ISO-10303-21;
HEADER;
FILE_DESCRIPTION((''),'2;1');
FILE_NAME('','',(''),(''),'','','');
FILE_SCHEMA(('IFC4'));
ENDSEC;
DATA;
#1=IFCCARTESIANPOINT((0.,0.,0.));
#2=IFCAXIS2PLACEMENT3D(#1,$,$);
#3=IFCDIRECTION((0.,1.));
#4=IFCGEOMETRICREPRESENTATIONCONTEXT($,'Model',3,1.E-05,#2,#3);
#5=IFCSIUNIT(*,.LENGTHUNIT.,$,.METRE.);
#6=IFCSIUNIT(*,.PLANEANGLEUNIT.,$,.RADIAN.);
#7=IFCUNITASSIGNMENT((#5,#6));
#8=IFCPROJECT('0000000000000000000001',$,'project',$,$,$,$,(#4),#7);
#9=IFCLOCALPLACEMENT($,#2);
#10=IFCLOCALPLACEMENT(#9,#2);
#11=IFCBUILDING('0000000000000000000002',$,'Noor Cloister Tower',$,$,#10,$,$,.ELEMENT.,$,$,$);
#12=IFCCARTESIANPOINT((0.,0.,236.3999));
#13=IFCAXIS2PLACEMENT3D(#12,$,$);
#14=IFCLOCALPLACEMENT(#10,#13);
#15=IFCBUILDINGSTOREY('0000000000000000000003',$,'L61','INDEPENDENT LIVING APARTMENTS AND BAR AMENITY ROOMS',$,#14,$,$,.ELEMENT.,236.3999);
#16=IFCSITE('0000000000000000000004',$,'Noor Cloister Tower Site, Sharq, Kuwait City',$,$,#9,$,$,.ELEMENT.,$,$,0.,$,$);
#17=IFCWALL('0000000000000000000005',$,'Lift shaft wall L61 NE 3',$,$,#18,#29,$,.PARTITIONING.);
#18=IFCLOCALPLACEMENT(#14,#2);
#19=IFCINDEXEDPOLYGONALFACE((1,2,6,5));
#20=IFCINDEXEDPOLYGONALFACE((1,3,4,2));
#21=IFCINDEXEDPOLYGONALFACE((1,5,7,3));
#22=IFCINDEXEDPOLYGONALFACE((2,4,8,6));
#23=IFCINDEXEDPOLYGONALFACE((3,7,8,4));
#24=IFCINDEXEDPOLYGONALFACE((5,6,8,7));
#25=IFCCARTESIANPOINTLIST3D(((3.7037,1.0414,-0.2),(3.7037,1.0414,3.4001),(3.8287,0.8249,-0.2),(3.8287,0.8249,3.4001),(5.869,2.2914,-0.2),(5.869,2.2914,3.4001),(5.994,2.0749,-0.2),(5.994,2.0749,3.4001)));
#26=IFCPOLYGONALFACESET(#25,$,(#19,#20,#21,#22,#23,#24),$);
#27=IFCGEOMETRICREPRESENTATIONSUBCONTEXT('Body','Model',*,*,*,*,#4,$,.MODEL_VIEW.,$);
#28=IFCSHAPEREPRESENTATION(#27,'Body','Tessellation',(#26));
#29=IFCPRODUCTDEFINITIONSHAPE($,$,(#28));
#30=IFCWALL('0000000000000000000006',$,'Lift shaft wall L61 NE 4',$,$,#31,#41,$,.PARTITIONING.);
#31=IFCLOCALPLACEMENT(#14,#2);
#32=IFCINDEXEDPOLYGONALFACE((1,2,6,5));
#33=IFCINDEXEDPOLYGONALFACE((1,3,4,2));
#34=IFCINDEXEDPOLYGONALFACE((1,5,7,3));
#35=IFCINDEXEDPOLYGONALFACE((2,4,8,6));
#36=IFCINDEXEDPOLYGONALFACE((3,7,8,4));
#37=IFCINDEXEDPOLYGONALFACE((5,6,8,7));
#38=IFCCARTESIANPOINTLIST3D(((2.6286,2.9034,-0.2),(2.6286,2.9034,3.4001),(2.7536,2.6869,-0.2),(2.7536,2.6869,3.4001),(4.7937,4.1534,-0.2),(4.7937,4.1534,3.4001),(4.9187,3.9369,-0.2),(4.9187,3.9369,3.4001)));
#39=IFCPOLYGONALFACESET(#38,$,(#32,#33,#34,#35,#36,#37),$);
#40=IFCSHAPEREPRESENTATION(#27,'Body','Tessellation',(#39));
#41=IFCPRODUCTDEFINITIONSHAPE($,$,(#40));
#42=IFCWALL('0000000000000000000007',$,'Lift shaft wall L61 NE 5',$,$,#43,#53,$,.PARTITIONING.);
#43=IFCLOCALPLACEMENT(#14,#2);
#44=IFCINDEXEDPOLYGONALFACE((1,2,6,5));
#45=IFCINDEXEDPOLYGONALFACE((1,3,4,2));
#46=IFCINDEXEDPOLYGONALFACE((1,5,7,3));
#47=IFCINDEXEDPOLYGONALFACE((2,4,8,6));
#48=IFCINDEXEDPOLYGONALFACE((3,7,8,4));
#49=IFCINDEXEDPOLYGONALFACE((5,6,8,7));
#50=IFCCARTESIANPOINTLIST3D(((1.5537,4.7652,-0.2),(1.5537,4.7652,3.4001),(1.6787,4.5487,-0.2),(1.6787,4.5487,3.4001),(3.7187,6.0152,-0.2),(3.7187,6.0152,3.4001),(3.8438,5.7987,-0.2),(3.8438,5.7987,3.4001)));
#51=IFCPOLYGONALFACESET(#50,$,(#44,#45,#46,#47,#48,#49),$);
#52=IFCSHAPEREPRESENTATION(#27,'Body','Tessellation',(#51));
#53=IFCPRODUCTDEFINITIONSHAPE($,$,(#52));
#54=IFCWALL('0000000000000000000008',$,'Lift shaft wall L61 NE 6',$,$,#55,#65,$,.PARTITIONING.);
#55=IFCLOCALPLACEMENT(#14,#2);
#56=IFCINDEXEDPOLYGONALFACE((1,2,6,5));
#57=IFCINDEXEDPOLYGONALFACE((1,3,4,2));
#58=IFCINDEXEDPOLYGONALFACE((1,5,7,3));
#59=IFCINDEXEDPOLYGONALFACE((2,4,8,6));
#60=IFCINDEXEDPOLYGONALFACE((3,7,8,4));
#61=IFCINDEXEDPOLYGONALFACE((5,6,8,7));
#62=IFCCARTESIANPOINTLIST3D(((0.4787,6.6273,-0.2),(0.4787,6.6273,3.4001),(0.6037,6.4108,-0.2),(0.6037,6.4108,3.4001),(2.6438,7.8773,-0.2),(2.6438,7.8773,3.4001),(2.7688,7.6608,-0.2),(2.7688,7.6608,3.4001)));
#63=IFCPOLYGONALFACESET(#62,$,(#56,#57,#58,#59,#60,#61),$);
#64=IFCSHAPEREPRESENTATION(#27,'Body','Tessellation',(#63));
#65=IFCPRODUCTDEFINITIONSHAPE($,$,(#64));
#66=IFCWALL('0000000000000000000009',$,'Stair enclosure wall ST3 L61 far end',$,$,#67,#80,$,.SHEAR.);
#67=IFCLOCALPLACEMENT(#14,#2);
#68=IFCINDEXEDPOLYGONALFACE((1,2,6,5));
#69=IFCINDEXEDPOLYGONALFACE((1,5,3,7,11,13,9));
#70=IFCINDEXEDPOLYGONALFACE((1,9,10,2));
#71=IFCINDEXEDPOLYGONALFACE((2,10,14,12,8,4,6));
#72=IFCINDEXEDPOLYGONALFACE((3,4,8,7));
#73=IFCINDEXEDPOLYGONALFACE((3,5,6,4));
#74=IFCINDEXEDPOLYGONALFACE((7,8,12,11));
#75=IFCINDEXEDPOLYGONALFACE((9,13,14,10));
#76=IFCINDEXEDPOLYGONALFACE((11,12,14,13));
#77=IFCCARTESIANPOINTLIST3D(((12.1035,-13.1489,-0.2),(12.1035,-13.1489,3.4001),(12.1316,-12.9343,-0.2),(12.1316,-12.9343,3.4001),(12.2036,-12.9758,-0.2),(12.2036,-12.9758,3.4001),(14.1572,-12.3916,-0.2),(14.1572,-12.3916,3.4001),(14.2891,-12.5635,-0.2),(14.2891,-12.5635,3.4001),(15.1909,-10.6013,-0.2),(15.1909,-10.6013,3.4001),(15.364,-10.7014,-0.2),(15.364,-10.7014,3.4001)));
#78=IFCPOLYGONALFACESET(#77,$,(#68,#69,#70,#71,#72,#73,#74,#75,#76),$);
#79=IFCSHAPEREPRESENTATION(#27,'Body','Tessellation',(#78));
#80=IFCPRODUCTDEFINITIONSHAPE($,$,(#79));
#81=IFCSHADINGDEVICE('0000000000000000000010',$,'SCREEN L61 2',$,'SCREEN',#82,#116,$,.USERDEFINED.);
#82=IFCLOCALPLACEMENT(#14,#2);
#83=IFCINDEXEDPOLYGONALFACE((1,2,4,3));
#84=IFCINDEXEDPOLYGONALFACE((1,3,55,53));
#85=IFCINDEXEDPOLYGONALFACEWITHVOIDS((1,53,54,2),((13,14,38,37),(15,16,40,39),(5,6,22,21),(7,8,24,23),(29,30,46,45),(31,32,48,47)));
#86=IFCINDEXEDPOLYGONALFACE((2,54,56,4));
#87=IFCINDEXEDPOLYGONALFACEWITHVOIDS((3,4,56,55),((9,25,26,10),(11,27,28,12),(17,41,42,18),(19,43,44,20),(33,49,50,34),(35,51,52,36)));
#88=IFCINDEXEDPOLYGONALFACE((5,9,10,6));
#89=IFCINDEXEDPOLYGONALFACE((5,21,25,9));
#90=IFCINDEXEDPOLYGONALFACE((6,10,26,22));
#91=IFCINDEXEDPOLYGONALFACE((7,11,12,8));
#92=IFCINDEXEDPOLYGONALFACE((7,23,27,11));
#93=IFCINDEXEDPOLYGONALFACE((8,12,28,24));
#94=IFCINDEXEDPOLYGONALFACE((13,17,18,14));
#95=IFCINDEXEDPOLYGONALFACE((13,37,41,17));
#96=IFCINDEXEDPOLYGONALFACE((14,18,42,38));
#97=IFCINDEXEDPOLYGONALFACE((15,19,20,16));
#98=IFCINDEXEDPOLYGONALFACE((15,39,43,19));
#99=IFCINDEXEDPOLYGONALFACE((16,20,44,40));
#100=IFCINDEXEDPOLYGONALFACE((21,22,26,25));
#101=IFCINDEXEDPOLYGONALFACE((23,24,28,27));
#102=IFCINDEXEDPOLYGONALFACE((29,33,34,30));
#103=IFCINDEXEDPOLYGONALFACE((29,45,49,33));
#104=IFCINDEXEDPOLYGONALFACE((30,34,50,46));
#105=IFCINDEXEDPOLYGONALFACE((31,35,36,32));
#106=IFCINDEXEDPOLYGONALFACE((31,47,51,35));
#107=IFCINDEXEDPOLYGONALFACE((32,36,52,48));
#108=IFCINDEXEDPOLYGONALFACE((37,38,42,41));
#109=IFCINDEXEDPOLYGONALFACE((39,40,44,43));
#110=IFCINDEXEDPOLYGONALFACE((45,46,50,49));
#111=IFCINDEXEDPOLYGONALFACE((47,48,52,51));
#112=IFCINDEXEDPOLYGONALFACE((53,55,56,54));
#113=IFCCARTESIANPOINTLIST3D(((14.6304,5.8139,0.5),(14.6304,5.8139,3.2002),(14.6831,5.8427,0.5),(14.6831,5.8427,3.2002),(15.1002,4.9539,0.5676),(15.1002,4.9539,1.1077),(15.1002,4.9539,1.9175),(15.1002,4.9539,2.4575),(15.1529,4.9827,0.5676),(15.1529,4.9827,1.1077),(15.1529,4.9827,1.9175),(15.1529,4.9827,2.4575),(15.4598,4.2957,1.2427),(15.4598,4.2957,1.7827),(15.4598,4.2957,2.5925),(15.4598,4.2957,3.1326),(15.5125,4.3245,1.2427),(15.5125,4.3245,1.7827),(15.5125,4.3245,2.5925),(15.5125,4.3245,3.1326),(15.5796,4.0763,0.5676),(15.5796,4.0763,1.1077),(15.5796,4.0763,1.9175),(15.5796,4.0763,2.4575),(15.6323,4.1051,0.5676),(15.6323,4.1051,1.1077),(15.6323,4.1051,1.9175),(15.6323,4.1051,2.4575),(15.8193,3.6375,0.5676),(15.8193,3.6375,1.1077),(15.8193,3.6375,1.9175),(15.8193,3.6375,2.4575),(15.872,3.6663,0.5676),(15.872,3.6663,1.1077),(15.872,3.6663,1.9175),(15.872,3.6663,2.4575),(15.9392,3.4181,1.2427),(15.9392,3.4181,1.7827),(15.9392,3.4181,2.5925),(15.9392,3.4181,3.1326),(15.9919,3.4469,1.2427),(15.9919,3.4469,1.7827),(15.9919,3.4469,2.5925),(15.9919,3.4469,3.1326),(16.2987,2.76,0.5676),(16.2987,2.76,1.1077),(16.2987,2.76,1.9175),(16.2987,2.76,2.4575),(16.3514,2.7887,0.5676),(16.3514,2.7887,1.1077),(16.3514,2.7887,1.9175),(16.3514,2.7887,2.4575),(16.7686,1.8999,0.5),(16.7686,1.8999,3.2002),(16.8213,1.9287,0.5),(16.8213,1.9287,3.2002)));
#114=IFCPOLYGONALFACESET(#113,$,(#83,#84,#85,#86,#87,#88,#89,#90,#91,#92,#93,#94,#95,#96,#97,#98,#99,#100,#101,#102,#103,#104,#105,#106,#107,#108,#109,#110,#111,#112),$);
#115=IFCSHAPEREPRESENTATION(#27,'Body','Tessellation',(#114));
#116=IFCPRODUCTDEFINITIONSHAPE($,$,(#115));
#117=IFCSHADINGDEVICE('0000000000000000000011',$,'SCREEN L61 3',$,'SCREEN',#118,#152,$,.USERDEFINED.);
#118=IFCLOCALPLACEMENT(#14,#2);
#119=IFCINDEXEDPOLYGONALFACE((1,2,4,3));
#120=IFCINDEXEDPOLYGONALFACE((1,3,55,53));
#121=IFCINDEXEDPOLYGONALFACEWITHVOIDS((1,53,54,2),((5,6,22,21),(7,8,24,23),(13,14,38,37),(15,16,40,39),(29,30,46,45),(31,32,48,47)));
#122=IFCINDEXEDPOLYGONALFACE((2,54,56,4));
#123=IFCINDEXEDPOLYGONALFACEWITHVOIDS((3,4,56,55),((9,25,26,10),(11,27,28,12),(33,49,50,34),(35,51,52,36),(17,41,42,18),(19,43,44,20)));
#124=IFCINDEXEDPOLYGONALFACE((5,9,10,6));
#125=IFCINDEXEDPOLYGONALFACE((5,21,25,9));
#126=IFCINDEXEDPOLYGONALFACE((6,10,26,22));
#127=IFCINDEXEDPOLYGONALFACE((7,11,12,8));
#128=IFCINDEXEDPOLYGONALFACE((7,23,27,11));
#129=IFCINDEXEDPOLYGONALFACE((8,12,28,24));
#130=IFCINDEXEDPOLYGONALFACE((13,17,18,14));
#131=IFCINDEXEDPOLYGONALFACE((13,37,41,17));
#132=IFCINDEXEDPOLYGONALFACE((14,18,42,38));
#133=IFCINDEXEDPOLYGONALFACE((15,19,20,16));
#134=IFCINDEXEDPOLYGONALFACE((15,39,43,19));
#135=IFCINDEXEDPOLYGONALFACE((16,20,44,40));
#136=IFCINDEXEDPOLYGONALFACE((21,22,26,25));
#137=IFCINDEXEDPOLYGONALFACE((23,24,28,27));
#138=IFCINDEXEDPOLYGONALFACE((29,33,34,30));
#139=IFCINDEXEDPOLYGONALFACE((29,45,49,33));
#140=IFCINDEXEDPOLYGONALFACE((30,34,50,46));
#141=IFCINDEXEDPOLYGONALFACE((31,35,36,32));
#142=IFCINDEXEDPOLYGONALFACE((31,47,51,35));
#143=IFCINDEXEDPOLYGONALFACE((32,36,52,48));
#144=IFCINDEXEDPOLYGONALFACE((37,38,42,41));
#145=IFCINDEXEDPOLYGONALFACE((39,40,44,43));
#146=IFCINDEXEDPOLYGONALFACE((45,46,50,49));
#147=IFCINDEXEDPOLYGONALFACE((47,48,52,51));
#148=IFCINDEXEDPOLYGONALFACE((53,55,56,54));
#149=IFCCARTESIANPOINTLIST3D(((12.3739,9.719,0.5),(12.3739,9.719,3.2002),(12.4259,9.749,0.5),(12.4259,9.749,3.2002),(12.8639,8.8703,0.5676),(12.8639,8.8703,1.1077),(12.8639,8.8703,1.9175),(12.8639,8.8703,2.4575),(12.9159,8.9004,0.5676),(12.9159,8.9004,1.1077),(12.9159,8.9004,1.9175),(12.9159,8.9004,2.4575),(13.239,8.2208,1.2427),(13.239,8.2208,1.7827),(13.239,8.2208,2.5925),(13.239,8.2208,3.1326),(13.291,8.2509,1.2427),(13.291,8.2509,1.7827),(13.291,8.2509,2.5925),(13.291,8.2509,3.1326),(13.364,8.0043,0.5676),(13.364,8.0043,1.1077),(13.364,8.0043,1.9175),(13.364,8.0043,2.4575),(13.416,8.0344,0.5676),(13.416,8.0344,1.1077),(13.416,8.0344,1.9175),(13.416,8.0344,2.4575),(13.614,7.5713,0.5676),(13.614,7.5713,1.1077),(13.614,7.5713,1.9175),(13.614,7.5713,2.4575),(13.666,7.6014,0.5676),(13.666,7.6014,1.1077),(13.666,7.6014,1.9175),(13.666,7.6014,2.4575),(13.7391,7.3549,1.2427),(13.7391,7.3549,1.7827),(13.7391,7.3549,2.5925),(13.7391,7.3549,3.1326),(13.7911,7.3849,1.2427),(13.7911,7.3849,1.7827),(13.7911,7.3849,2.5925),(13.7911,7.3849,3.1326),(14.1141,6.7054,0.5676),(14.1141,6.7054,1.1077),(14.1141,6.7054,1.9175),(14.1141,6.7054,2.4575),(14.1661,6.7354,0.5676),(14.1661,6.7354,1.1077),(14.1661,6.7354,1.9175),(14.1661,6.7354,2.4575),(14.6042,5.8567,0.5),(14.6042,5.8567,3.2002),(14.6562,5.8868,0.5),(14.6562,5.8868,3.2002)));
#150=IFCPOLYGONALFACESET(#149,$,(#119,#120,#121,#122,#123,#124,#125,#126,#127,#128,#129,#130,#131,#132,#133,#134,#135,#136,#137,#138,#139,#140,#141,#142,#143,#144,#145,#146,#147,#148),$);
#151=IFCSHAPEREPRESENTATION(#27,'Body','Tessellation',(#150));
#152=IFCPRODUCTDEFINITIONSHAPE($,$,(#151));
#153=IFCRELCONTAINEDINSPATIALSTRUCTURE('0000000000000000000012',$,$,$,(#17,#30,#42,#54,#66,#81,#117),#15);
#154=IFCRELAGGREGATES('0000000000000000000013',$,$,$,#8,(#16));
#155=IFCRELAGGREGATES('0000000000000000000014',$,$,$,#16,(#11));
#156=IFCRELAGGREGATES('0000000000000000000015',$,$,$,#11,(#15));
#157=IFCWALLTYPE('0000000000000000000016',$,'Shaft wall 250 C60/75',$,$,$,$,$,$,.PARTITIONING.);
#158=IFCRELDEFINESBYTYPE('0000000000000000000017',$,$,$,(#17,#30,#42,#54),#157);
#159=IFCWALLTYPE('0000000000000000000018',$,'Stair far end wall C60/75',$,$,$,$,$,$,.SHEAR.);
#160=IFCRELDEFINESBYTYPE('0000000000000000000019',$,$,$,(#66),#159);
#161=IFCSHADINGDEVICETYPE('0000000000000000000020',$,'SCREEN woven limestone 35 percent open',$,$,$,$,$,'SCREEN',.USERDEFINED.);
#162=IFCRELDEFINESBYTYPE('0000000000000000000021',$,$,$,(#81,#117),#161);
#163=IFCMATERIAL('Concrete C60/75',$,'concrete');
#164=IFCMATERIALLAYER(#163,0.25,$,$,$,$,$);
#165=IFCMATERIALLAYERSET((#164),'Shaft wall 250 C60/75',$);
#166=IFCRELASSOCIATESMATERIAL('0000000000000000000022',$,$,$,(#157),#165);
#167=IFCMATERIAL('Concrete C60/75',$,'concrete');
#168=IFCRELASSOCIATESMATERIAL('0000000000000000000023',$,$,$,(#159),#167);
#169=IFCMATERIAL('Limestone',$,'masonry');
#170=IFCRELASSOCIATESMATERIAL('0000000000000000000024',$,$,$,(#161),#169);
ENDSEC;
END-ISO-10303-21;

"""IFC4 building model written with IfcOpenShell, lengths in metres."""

from ifc_helpers import new_model, si_unit, direction, frame, frame_2d, origin, place, context, subcontext, project, spatial, polyline, rectangle, outline, extrude, material, layer, layer_set, material_profile, profile_set, type_object, element, save


model = new_model("IFC4")

# Units and contexts
model_context = context("Model", 3, precision=1e-05, world=origin(), true_north=direction((0.0, 1.0)))
body_context = subcontext(model_context, "Body", "Model", "MODEL_VIEW")
ifc_project = project(units=[si_unit("LENGTHUNIT", "METRE"), si_unit("PLANEANGLEUNIT", "RADIAN")], contexts=[model_context])

# Site, building, storey
site_placement = place(None, origin())
site = spatial("IfcSite", under=ifc_project, at=site_placement, Name="Noor Cloister Tower Site, Sharq, Kuwait City", CompositionType="ELEMENT", RefElevation=0.0)
building_placement = place(site_placement, origin())
building = spatial("IfcBuilding", under=site, at=building_placement, Name="Noor Cloister Tower", CompositionType="ELEMENT")
storey_placement = place(building_placement, frame((0.0, 0.0, 236.3999)))
storey = spatial("IfcBuildingStorey", under=building, at=storey_placement, Name="L61", Description="INDEPENDENT LIVING APARTMENTS AND BAR AMENITY ROOMS", CompositionType="ELEMENT", Elevation=236.3999)

# Walls
ifc_material_1 = material(Name="Concrete C60/75", Category="concrete")
ifc_layer_1 = layer(ifc_material_1, 0.25)
ifc_layer_set_1 = layer_set([ifc_layer_1], Name="Shaft wall 250 C60/75")
wall_type_1 = type_object("IfcWallType", Name="Shaft wall 250 C60/75", PredefinedType="PARTITIONING", material=ifc_layer_set_1)
wall_1_placement = place(storey_placement, frame((5.9314, 2.1831, -0.2), z_axis=(0.0, 0.0, 1.0), x_axis=(-0.866047, -0.499962, 0.0)))
element("IfcWall", 1, at=wall_1_placement, inside=storey, type_object=wall_type_1, Name="Lift shaft wall L61 NE 3", PredefinedType="PARTITIONING", context=body_context, shape_type="SweptSolid", body=[
    extrude(rectangle(XDim=2.5002, YDim=0.25, at=frame_2d((1.25, 0.0))), origin(), (0.0, 0.0, 1.0), 3.6001),
])
for number, where, z_axis, x_axis, name in (
    (2, (4.8562, 4.0452, -0.2), (0.0, 0.0, 1.0), (-0.866023, -0.500004, 0.0), "Lift shaft wall L61 NE 4"),
    (3, (3.7812, 5.907, -0.2), (0.0, 0.0, 1.0), (-0.866023, -0.500004, 0.0), "Lift shaft wall L61 NE 5"),
    (4, (2.7063, 7.769, -0.2), (0.0, 0.0, 1.0), (-0.866023, -0.500004, 0.0), "Lift shaft wall L61 NE 6"),
):
    element("IfcWall", number, at=place(storey_placement, frame(where, z_axis=z_axis, x_axis=x_axis)), inside=storey, type_object=wall_type_1, Name=name, PredefinedType="PARTITIONING", context=body_context, shape_type="SweptSolid", body=[
        extrude(rectangle(XDim=2.5, YDim=0.25, at=frame_2d((1.25, 0.0))), origin(), (0.0, 0.0, 1.0), 3.6001),
    ])
ifc_material_2 = material(Name="Concrete C60/75", Category="concrete")
wall_type_2 = type_object("IfcWallType", Name="Stair far end wall C60/75", PredefinedType="SHEAR", material=ifc_material_2)
wall_2_placement = place(storey_placement, frame((0.0, 0.0, -0.2)))
element("IfcWall", 5, at=wall_2_placement, inside=storey, type_object=wall_type_2, Name="Stair enclosure wall ST3 L61 far end", PredefinedType="SHEAR", context=body_context, shape_type="SweptSolid", body=[
    extrude(outline(polyline([(12.1035, -13.1489), (14.2891, -12.5635), (15.364, -10.7014), (15.1909, -10.6013), (14.1572, -12.3916), (12.1316, -12.9343), (12.2036, -12.9758), (12.2036, -12.9758), (12.2036, -12.9758), (12.2036, -12.9758), (12.2036, -12.9758), (12.2036, -12.9758), (12.2036, -12.9758), (12.2036, -12.9758), (12.2036, -12.9758), (12.2036, -12.9758), (12.2036, -12.9758), (12.2036, -12.9758), (12.2036, -12.9758), (12.2036, -12.9758), (12.2036, -12.9758), (12.2036, -12.9758), (12.2036, -12.9758), (12.1035, -13.1489)])), origin(), (0.0, 0.0, 1.0), 3.6001),
])

# Shading devices
ifc_material_3 = material(Name="Limestone", Category="masonry")
ifc_material_profile_1 = material_profile(ifc_material_3, outline(polyline([(-2.23, -1.3501), (2.23, -1.3501), (2.23, 1.3501), (-2.23, 1.3501), (-2.23, -1.3501)]), holes=[polyline([(-1.25, -1.2825), (-0.25, -1.2825), (-0.25, -0.7424), (-1.25, -0.7424), (-1.25, -1.2825)]), polyline([(0.25, -1.2825), (1.25, -1.2825), (1.25, -0.7424), (0.25, -0.7424), (0.25, -1.2825)]), polyline([(-0.5, -0.6074), (0.5, -0.6074), (0.5, -0.0674), (-0.5, -0.0674), (-0.5, -0.6074)]), polyline([(-1.25, 0.0674), (-0.25, 0.0674), (-0.25, 0.6074), (-1.25, 0.6074), (-1.25, 0.0674)]), polyline([(0.25, 0.0674), (1.25, 0.0674), (1.25, 0.6074), (0.25, 0.6074), (0.25, 0.0674)]), polyline([(-0.5, 0.7424), (0.5, 0.7424), (0.5, 1.2825), (-0.5, 1.2825), (-0.5, 0.7424)])]), Name="Woven screen 35 percent open")
ifc_profile_set_1 = profile_set([ifc_material_profile_1], Name="Limestone")
shading_device_type = type_object("IfcShadingDeviceType", Name="SCREEN woven limestone 35 percent open", ElementType="SCREEN", PredefinedType="USERDEFINED", material=ifc_profile_set_1)
for number, where, z_axis, x_axis, name in (
    (6, (15.6995, 3.8569, 1.8501), (0.877585, 0.479421, 0.0), (-0.479421, 0.877585, 0.0), "SCREEN L61 2"),
    (7, (13.489, 7.7878, 1.8501), (0.865982, 0.500074, 0.0), (-0.500074, 0.865982, 0.0), "SCREEN L61 3"),
):
    element("IfcShadingDevice", number, at=place(storey_placement, frame(where, z_axis=z_axis, x_axis=x_axis)), inside=storey, type_object=shading_device_type, Name=name, ObjectType="SCREEN", PredefinedType="USERDEFINED", context=body_context, shape_type="SweptSolid", body=[
        extrude(outline(polyline([(-2.23, -1.3501), (2.23, -1.3501), (2.23, 1.3501), (-2.23, 1.3501), (-2.23, -1.3501)]), holes=[polyline([(-1.25, -1.2825), (-0.25, -1.2825), (-0.25, -0.7424), (-1.25, -0.7424), (-1.25, -1.2825)]), polyline([(0.25, -1.2825), (1.25, -1.2825), (1.25, -0.7424), (0.25, -0.7424), (0.25, -1.2825)]), polyline([(-0.5, -0.6074), (0.5, -0.6074), (0.5, -0.0674), (-0.5, -0.0674), (-0.5, -0.6074)]), polyline([(-1.25, 0.0674), (-0.25, 0.0674), (-0.25, 0.6074), (-1.25, 0.6074), (-1.25, 0.0674)]), polyline([(0.25, 0.0674), (1.25, 0.0674), (1.25, 0.6074), (0.25, 0.6074), (0.25, 0.0674)]), polyline([(-0.5, 0.7424), (0.5, 0.7424), (0.5, 1.2825), (-0.5, 1.2825), (-0.5, 0.7424)])]), origin(), (0.0, 0.0, 1.0), 0.0601),
    ])

save(model, "model.ifc")
